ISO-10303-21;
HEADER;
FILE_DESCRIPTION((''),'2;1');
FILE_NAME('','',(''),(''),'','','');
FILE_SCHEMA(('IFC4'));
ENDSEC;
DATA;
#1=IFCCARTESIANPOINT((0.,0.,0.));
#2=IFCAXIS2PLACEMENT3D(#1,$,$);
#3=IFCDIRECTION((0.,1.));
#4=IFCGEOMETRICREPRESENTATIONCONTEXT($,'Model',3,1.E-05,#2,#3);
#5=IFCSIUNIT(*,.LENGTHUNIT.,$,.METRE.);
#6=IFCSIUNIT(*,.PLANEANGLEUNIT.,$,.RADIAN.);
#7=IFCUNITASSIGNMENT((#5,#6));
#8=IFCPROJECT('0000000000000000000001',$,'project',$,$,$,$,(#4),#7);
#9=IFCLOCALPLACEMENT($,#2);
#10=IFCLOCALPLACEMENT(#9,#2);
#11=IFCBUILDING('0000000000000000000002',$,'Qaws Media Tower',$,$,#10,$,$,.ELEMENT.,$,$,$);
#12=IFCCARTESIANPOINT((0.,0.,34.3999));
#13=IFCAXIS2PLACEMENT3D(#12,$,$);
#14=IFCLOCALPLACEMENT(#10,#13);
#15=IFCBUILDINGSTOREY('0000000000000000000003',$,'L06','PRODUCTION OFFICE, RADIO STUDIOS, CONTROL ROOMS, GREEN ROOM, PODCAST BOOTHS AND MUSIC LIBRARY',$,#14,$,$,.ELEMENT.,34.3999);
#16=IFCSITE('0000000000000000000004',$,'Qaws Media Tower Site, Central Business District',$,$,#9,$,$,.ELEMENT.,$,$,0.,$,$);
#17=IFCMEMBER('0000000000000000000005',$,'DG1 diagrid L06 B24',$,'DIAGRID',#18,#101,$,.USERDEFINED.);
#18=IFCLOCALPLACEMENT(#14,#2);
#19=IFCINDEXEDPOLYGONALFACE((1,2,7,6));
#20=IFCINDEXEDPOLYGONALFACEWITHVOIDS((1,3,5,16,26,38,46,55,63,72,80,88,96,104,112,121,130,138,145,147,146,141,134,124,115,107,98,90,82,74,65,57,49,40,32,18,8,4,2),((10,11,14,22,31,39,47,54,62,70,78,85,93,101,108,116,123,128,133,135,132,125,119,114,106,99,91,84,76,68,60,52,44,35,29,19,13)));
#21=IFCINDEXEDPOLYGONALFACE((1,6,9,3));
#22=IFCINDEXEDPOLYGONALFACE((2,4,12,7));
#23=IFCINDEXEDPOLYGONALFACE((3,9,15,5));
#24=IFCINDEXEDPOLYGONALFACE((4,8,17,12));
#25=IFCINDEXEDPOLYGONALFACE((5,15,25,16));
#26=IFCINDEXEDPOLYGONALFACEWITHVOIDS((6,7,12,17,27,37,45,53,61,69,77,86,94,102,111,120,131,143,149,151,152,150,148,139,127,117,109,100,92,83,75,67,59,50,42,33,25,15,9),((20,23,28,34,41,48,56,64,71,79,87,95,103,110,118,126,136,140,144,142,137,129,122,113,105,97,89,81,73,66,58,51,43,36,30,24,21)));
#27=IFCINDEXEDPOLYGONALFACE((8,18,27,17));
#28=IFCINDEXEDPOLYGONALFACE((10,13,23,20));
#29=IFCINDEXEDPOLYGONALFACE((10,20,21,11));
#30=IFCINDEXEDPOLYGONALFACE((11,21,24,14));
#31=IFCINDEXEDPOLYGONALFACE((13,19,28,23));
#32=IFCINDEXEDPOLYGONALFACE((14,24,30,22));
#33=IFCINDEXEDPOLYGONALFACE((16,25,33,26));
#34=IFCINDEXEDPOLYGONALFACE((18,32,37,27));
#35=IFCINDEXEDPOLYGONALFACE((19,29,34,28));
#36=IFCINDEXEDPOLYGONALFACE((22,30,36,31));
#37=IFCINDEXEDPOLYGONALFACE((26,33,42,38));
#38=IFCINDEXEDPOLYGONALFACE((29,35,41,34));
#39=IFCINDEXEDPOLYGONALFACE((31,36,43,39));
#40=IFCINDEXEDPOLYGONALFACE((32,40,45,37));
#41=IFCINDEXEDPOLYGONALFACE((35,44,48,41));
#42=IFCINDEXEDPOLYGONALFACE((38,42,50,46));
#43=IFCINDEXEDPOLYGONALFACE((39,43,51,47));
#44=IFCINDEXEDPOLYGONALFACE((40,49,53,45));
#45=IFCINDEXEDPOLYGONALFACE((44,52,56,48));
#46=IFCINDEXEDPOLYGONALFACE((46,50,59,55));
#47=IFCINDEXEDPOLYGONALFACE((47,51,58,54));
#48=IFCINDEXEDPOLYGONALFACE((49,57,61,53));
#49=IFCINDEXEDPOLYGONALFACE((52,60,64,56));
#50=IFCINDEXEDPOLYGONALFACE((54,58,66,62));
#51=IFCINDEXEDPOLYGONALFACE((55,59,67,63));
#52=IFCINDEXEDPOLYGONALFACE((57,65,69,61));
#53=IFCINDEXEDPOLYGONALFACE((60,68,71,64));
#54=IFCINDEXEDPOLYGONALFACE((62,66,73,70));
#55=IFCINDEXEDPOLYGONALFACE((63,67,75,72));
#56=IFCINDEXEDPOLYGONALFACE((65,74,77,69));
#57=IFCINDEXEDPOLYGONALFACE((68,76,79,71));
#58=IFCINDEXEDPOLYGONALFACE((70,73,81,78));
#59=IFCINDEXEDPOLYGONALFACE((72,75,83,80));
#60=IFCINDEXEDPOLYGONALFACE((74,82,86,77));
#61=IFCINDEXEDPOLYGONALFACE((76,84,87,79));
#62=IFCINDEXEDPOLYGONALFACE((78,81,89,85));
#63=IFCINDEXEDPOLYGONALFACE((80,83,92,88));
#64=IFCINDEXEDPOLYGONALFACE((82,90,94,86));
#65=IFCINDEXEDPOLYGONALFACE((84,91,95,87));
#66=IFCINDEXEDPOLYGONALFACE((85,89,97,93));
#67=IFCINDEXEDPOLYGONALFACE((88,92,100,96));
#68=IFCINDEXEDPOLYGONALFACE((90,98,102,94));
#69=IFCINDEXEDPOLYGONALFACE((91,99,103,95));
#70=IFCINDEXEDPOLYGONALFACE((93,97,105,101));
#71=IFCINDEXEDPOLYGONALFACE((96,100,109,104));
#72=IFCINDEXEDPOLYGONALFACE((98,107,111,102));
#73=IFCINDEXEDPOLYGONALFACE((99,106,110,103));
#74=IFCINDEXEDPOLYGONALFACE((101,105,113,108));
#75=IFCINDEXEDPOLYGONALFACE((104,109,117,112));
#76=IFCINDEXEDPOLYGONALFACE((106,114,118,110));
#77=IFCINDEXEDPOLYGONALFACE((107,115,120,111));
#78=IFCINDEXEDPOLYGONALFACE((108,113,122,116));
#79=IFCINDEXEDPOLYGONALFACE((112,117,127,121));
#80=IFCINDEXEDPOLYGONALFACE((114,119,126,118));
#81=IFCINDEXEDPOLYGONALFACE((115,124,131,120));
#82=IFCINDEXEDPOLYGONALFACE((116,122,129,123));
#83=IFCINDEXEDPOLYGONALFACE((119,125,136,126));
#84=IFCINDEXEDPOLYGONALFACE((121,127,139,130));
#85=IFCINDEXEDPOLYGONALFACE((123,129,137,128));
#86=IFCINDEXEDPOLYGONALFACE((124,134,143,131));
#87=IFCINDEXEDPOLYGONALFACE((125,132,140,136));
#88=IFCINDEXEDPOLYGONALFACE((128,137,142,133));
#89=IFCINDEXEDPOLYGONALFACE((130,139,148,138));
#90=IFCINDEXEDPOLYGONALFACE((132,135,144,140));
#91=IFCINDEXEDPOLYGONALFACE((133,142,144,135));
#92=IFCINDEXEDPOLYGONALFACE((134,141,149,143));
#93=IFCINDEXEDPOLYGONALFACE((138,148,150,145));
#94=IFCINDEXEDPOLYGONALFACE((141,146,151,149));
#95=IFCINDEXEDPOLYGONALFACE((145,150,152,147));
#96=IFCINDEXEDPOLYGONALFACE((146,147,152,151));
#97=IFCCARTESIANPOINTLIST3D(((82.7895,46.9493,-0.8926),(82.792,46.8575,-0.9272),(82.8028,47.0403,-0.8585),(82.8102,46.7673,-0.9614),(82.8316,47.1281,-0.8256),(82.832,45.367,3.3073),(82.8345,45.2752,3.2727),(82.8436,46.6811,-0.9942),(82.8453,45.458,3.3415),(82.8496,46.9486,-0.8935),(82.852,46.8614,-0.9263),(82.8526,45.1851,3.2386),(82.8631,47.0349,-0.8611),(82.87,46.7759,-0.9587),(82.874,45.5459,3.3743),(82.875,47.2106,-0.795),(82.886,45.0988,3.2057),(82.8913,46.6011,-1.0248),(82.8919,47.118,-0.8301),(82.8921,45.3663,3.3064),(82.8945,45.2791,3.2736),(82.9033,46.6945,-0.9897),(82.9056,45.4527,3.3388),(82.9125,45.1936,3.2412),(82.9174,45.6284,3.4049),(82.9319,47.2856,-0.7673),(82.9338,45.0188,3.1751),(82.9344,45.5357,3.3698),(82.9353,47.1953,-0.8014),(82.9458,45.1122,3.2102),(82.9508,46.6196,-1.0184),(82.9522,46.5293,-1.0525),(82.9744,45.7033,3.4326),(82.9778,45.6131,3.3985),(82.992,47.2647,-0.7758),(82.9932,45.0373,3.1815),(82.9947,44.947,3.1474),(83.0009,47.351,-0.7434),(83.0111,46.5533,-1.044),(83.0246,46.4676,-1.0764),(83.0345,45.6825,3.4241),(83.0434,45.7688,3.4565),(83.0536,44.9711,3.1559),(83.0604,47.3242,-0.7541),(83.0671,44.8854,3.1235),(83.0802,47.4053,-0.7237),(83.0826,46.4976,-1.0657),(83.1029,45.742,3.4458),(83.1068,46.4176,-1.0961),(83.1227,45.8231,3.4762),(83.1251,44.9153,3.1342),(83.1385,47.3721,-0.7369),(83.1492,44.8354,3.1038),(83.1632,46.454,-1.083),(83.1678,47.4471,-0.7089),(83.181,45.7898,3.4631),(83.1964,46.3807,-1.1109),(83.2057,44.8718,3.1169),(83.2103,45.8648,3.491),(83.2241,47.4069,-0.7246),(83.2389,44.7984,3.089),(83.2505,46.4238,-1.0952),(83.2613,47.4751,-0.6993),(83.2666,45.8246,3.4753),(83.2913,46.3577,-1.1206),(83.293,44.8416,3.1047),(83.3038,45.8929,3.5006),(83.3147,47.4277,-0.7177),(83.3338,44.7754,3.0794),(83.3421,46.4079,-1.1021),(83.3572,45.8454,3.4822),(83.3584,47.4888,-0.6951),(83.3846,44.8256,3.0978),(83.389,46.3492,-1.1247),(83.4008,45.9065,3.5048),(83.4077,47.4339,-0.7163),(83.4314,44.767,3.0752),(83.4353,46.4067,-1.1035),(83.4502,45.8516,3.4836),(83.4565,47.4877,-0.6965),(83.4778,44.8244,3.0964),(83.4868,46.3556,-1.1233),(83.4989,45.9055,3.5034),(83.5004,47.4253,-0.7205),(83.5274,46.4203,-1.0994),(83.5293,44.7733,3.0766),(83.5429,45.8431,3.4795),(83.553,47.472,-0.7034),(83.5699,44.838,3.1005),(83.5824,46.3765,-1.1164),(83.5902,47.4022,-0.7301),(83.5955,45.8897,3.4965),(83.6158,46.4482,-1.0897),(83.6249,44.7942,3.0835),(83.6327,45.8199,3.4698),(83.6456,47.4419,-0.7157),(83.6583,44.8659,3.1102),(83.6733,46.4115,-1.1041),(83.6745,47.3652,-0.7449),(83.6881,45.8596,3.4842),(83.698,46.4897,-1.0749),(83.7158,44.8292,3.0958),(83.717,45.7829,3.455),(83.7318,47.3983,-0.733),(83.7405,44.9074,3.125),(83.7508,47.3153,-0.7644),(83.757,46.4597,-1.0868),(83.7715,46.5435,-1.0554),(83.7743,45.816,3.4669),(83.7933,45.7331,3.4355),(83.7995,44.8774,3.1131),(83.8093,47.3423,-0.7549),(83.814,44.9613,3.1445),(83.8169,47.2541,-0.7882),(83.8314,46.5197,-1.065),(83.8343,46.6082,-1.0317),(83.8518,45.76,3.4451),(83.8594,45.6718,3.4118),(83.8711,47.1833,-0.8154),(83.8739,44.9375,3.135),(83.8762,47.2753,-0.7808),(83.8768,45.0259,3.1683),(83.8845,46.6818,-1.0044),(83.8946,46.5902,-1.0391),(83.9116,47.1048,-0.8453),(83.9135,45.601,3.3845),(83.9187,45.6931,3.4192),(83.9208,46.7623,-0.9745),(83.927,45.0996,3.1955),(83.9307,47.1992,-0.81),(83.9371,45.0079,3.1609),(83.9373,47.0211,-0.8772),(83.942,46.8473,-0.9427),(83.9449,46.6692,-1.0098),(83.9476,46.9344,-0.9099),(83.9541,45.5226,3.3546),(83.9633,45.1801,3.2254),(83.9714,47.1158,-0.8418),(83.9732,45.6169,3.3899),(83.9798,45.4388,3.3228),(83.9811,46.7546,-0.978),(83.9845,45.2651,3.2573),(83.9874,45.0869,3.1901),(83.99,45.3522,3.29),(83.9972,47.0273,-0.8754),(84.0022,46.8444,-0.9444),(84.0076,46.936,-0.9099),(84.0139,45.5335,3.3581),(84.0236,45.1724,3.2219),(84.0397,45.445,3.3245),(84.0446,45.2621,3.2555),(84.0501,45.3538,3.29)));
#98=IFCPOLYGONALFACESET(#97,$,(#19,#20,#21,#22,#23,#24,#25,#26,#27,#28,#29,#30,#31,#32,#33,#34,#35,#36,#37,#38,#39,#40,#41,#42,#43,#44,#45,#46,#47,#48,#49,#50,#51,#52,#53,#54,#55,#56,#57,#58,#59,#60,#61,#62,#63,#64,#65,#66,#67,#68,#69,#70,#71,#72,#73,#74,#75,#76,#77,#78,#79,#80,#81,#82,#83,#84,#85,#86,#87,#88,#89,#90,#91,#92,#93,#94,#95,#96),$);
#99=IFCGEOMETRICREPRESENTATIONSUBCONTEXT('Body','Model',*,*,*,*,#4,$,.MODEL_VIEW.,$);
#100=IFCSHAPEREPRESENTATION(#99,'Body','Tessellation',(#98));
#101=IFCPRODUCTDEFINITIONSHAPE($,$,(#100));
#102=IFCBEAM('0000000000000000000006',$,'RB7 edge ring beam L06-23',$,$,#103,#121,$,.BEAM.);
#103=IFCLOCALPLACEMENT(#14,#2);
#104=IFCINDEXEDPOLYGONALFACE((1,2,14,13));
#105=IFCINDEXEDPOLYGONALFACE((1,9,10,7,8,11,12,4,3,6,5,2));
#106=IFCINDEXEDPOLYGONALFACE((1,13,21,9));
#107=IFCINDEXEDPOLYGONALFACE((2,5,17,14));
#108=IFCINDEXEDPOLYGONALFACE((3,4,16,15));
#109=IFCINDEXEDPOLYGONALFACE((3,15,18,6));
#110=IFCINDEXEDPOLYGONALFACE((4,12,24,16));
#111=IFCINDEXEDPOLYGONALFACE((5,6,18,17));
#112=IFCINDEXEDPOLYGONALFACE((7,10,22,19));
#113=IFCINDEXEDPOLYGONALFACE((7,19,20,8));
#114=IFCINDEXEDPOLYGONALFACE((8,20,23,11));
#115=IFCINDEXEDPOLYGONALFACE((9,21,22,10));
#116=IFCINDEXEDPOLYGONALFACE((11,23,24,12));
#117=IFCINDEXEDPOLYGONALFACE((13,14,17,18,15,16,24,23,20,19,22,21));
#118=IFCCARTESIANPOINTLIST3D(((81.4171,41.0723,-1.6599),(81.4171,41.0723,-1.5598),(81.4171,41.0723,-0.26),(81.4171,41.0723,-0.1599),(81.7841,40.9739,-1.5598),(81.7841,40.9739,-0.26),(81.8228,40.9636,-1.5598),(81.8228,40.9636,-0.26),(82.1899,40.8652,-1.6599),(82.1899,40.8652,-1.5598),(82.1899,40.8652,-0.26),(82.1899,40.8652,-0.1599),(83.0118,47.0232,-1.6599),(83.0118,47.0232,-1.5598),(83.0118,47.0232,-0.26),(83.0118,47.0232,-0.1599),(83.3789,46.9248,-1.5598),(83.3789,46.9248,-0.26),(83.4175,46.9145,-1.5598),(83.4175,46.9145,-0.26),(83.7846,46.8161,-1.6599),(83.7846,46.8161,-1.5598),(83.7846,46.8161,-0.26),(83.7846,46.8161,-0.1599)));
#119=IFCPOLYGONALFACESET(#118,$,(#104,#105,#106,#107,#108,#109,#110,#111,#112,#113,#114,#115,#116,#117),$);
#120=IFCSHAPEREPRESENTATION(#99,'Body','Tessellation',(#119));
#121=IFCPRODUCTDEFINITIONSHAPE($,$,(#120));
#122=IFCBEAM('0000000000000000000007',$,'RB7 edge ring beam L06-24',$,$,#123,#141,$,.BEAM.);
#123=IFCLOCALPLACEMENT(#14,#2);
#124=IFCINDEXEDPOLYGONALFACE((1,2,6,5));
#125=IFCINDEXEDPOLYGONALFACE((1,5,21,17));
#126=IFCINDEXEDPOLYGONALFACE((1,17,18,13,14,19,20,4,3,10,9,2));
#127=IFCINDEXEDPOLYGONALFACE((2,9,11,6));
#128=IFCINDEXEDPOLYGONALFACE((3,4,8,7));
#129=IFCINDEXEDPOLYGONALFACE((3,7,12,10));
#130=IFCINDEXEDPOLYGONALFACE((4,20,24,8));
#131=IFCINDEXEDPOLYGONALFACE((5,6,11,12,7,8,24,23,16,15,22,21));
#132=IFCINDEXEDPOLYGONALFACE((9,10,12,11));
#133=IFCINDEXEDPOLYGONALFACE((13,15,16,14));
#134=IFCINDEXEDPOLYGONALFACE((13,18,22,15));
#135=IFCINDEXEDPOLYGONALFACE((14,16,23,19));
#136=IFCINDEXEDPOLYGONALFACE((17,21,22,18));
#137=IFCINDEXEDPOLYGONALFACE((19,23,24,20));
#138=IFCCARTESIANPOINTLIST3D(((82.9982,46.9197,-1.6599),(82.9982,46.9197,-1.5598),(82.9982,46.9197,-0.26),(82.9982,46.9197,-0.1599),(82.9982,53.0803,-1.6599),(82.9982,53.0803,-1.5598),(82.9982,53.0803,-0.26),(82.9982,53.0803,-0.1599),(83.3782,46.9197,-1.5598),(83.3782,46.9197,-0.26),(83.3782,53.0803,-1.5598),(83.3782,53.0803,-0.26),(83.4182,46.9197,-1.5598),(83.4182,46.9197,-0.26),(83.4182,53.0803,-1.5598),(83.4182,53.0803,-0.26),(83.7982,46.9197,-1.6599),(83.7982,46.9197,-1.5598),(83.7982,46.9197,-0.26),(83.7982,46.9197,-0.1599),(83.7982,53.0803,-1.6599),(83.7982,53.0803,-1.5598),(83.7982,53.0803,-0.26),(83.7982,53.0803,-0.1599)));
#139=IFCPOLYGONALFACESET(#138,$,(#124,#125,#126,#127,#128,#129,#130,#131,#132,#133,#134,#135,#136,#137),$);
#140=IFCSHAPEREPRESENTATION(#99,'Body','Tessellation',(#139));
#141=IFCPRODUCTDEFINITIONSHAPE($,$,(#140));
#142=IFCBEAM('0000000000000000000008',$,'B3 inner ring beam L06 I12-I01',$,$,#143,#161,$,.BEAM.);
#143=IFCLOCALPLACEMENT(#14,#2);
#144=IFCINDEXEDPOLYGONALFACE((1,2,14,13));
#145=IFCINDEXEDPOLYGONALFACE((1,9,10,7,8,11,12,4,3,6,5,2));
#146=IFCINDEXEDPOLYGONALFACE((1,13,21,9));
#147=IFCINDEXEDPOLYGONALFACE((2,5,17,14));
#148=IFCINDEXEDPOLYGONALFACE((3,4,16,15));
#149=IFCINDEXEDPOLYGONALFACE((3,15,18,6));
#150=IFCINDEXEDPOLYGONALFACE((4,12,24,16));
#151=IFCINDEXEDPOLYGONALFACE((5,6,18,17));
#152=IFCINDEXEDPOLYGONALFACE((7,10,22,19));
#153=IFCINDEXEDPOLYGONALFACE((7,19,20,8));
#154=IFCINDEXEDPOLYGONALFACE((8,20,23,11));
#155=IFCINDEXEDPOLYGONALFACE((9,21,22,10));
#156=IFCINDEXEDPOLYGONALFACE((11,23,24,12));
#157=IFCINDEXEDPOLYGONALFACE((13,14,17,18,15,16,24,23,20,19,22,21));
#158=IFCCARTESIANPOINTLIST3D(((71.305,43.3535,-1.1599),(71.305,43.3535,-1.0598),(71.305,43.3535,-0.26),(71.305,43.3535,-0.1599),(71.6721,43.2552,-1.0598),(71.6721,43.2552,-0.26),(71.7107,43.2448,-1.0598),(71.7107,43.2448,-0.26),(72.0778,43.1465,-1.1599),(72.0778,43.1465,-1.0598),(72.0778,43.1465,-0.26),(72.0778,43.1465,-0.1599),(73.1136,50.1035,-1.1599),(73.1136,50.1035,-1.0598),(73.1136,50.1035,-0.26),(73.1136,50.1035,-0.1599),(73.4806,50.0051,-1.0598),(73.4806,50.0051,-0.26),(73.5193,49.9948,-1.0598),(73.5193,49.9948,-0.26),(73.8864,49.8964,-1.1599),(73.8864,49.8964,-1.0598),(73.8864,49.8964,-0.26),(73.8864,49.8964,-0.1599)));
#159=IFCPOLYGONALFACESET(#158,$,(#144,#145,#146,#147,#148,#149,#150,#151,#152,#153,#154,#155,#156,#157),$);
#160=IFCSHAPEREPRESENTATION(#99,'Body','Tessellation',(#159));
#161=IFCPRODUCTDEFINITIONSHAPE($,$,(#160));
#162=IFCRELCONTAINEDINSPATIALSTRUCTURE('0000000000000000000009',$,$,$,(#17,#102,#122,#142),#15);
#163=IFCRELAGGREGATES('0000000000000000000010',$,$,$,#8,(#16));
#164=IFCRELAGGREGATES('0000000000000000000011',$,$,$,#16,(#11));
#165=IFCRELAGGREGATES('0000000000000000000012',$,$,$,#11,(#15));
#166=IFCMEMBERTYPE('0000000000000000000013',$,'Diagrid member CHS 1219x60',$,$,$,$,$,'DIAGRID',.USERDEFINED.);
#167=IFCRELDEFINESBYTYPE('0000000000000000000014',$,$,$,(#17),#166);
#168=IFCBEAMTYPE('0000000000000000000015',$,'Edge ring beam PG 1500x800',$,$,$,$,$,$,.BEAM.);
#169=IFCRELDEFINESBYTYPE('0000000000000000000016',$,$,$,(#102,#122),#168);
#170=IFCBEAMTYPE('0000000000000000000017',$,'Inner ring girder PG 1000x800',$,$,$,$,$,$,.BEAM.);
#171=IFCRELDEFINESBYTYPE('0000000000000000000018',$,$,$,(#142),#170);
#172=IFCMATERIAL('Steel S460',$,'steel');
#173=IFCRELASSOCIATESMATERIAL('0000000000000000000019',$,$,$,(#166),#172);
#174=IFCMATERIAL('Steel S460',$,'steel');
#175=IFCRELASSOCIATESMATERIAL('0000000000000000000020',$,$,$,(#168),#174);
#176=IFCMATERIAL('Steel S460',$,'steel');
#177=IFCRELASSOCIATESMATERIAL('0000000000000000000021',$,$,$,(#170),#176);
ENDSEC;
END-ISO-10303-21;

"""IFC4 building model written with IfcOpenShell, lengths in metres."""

from ifc_helpers import new_model, si_unit, direction, frame, origin, origin_2d, place, context, subcontext, project, spatial, hollow_circle, i_section, extrude, material, material_profile, profile_set, type_object, element, save


model = new_model("IFC4")

# Units and contexts
model_context = context("Model", 3, precision=1e-05, world=origin(), true_north=direction((0.0, 1.0)))
body_context = subcontext(model_context, "Body", "Model", "MODEL_VIEW")
ifc_project = project(units=[si_unit("LENGTHUNIT", "METRE"), si_unit("PLANEANGLEUNIT", "RADIAN")], contexts=[model_context])

# Site, building, storey
site_placement = place(None, origin())
site = spatial("IfcSite", under=ifc_project, at=site_placement, Name="Qaws Media Tower Site, Central Business District", CompositionType="ELEMENT", RefElevation=0.0)
building_placement = place(site_placement, origin())
building = spatial("IfcBuilding", under=site, at=building_placement, Name="Qaws Media Tower", CompositionType="ELEMENT")
storey_placement = place(building_placement, frame((0.0, 0.0, 34.3999)))
storey = spatial("IfcBuildingStorey", under=building, at=storey_placement, Name="L06", Description="PRODUCTION OFFICE, RADIO STUDIOS, CONTROL ROOMS, GREEN ROOM, PODCAST BOOTHS AND MUSIC LIBRARY", CompositionType="ELEMENT", Elevation=34.3999)

# Member
ifc_material_1 = material(Name="Steel S460", Category="steel")
ifc_material_profile_1 = material_profile(ifc_material_1, hollow_circle(Radius=0.6096, WallThickness=0.0601, at=origin_2d()), Name="CHS 1219x60")
ifc_profile_set_1 = profile_set([ifc_material_profile_1], Name="Steel S460")
member_type_1 = type_object("IfcMemberType", Name="Diagrid member CHS 1219x60", ElementType="DIAGRID", PredefinedType="USERDEFINED", material=ifc_profile_set_1)
for number, where, z_axis, x_axis, name in (
    (1, (83.3982, 46.9197, -0.9099), (0.009465, -0.352532, 0.935752), (0.99964, 0.026838, 0.0), "DG1 diagrid L06 B24"),
):
    element("IfcMember", number, at=place(storey_placement, frame(where, z_axis=z_axis, x_axis=x_axis)), inside=storey, type_object=member_type_1, Name=name, ObjectType="DIAGRID", PredefinedType="USERDEFINED", context=body_context, shape_type="SweptSolid", body=[
        extrude(hollow_circle(Radius=0.6096, WallThickness=0.0601, at=origin_2d()), origin(), (0.0, 0.0, 1.0), 4.4883),
    ])

# Beams
ifc_material_2 = material(Name="Steel S460", Category="steel")
ifc_material_profile_2 = material_profile(ifc_material_2, i_section(OverallWidth=0.8, OverallDepth=1.5, WebThickness=0.04, FlangeThickness=0.1001, at=origin_2d()), Name="PG 1500x800")
ifc_profile_set_2 = profile_set([ifc_material_profile_2], Name="Steel S460")
beam_type_1 = type_object("IfcBeamType", Name="Edge ring beam PG 1500x800", PredefinedType="BEAM", material=ifc_profile_set_2)
beam_1_placement = place(storey_placement, frame((81.8035, 40.9688, -0.9099), z_axis=(0.258846, 0.965919, 0.0), x_axis=(-0.965919, 0.258846, 0.0)))
element("IfcBeam", 2, at=beam_1_placement, inside=storey, type_object=beam_type_1, Name="RB7 edge ring beam L06-23", PredefinedType="BEAM", context=body_context, shape_type="SweptSolid", body=[
    extrude(i_section(OverallWidth=0.8, OverallDepth=1.5, WebThickness=0.04, FlangeThickness=0.1001, at=origin_2d()), origin(), (0.0, 0.0, 1.0), 6.1609),
])
beam_2_placement = place(storey_placement, frame((83.3982, 46.9197, -0.9099), z_axis=(0.0, 1.0, 0.0), x_axis=(-1.0, 0.0, 0.0)))
element("IfcBeam", 3, at=beam_2_placement, inside=storey, type_object=beam_type_1, Name="RB7 edge ring beam L06-24", PredefinedType="BEAM", context=body_context, shape_type="SweptSolid", body=[
    extrude(i_section(OverallWidth=0.8, OverallDepth=1.5, WebThickness=0.04, FlangeThickness=0.1001, at=origin_2d()), origin(), (0.0, 0.0, 1.0), 6.1606),
])
ifc_material_3 = material(Name="Steel S460", Category="steel")
ifc_material_profile_3 = material_profile(ifc_material_3, i_section(OverallWidth=0.8, OverallDepth=1.0, WebThickness=0.04, FlangeThickness=0.1001, at=origin_2d()), Name="PG 1000x800")
ifc_profile_set_3 = profile_set([ifc_material_profile_3], Name="Steel S460")
beam_type_2 = type_object("IfcBeamType", Name="Inner ring girder PG 1000x800", PredefinedType="BEAM", material=ifc_profile_set_3)
beam_3_placement = place(storey_placement, frame((71.6914, 43.25, -0.6599), z_axis=(0.258811, 0.965928, 0.0), x_axis=(-0.965928, 0.258811, 0.0)))
element("IfcBeam", 4, at=beam_3_placement, inside=storey, type_object=beam_type_2, Name="B3 inner ring beam L06 I12-I01", PredefinedType="BEAM", context=body_context, shape_type="SweptSolid", body=[
    extrude(i_section(OverallWidth=0.8, OverallDepth=1.0, WebThickness=0.04, FlangeThickness=0.1001, at=origin_2d()), origin(), (0.0, 0.0, 1.0), 6.988),
])

save(model, "model.ifc")
